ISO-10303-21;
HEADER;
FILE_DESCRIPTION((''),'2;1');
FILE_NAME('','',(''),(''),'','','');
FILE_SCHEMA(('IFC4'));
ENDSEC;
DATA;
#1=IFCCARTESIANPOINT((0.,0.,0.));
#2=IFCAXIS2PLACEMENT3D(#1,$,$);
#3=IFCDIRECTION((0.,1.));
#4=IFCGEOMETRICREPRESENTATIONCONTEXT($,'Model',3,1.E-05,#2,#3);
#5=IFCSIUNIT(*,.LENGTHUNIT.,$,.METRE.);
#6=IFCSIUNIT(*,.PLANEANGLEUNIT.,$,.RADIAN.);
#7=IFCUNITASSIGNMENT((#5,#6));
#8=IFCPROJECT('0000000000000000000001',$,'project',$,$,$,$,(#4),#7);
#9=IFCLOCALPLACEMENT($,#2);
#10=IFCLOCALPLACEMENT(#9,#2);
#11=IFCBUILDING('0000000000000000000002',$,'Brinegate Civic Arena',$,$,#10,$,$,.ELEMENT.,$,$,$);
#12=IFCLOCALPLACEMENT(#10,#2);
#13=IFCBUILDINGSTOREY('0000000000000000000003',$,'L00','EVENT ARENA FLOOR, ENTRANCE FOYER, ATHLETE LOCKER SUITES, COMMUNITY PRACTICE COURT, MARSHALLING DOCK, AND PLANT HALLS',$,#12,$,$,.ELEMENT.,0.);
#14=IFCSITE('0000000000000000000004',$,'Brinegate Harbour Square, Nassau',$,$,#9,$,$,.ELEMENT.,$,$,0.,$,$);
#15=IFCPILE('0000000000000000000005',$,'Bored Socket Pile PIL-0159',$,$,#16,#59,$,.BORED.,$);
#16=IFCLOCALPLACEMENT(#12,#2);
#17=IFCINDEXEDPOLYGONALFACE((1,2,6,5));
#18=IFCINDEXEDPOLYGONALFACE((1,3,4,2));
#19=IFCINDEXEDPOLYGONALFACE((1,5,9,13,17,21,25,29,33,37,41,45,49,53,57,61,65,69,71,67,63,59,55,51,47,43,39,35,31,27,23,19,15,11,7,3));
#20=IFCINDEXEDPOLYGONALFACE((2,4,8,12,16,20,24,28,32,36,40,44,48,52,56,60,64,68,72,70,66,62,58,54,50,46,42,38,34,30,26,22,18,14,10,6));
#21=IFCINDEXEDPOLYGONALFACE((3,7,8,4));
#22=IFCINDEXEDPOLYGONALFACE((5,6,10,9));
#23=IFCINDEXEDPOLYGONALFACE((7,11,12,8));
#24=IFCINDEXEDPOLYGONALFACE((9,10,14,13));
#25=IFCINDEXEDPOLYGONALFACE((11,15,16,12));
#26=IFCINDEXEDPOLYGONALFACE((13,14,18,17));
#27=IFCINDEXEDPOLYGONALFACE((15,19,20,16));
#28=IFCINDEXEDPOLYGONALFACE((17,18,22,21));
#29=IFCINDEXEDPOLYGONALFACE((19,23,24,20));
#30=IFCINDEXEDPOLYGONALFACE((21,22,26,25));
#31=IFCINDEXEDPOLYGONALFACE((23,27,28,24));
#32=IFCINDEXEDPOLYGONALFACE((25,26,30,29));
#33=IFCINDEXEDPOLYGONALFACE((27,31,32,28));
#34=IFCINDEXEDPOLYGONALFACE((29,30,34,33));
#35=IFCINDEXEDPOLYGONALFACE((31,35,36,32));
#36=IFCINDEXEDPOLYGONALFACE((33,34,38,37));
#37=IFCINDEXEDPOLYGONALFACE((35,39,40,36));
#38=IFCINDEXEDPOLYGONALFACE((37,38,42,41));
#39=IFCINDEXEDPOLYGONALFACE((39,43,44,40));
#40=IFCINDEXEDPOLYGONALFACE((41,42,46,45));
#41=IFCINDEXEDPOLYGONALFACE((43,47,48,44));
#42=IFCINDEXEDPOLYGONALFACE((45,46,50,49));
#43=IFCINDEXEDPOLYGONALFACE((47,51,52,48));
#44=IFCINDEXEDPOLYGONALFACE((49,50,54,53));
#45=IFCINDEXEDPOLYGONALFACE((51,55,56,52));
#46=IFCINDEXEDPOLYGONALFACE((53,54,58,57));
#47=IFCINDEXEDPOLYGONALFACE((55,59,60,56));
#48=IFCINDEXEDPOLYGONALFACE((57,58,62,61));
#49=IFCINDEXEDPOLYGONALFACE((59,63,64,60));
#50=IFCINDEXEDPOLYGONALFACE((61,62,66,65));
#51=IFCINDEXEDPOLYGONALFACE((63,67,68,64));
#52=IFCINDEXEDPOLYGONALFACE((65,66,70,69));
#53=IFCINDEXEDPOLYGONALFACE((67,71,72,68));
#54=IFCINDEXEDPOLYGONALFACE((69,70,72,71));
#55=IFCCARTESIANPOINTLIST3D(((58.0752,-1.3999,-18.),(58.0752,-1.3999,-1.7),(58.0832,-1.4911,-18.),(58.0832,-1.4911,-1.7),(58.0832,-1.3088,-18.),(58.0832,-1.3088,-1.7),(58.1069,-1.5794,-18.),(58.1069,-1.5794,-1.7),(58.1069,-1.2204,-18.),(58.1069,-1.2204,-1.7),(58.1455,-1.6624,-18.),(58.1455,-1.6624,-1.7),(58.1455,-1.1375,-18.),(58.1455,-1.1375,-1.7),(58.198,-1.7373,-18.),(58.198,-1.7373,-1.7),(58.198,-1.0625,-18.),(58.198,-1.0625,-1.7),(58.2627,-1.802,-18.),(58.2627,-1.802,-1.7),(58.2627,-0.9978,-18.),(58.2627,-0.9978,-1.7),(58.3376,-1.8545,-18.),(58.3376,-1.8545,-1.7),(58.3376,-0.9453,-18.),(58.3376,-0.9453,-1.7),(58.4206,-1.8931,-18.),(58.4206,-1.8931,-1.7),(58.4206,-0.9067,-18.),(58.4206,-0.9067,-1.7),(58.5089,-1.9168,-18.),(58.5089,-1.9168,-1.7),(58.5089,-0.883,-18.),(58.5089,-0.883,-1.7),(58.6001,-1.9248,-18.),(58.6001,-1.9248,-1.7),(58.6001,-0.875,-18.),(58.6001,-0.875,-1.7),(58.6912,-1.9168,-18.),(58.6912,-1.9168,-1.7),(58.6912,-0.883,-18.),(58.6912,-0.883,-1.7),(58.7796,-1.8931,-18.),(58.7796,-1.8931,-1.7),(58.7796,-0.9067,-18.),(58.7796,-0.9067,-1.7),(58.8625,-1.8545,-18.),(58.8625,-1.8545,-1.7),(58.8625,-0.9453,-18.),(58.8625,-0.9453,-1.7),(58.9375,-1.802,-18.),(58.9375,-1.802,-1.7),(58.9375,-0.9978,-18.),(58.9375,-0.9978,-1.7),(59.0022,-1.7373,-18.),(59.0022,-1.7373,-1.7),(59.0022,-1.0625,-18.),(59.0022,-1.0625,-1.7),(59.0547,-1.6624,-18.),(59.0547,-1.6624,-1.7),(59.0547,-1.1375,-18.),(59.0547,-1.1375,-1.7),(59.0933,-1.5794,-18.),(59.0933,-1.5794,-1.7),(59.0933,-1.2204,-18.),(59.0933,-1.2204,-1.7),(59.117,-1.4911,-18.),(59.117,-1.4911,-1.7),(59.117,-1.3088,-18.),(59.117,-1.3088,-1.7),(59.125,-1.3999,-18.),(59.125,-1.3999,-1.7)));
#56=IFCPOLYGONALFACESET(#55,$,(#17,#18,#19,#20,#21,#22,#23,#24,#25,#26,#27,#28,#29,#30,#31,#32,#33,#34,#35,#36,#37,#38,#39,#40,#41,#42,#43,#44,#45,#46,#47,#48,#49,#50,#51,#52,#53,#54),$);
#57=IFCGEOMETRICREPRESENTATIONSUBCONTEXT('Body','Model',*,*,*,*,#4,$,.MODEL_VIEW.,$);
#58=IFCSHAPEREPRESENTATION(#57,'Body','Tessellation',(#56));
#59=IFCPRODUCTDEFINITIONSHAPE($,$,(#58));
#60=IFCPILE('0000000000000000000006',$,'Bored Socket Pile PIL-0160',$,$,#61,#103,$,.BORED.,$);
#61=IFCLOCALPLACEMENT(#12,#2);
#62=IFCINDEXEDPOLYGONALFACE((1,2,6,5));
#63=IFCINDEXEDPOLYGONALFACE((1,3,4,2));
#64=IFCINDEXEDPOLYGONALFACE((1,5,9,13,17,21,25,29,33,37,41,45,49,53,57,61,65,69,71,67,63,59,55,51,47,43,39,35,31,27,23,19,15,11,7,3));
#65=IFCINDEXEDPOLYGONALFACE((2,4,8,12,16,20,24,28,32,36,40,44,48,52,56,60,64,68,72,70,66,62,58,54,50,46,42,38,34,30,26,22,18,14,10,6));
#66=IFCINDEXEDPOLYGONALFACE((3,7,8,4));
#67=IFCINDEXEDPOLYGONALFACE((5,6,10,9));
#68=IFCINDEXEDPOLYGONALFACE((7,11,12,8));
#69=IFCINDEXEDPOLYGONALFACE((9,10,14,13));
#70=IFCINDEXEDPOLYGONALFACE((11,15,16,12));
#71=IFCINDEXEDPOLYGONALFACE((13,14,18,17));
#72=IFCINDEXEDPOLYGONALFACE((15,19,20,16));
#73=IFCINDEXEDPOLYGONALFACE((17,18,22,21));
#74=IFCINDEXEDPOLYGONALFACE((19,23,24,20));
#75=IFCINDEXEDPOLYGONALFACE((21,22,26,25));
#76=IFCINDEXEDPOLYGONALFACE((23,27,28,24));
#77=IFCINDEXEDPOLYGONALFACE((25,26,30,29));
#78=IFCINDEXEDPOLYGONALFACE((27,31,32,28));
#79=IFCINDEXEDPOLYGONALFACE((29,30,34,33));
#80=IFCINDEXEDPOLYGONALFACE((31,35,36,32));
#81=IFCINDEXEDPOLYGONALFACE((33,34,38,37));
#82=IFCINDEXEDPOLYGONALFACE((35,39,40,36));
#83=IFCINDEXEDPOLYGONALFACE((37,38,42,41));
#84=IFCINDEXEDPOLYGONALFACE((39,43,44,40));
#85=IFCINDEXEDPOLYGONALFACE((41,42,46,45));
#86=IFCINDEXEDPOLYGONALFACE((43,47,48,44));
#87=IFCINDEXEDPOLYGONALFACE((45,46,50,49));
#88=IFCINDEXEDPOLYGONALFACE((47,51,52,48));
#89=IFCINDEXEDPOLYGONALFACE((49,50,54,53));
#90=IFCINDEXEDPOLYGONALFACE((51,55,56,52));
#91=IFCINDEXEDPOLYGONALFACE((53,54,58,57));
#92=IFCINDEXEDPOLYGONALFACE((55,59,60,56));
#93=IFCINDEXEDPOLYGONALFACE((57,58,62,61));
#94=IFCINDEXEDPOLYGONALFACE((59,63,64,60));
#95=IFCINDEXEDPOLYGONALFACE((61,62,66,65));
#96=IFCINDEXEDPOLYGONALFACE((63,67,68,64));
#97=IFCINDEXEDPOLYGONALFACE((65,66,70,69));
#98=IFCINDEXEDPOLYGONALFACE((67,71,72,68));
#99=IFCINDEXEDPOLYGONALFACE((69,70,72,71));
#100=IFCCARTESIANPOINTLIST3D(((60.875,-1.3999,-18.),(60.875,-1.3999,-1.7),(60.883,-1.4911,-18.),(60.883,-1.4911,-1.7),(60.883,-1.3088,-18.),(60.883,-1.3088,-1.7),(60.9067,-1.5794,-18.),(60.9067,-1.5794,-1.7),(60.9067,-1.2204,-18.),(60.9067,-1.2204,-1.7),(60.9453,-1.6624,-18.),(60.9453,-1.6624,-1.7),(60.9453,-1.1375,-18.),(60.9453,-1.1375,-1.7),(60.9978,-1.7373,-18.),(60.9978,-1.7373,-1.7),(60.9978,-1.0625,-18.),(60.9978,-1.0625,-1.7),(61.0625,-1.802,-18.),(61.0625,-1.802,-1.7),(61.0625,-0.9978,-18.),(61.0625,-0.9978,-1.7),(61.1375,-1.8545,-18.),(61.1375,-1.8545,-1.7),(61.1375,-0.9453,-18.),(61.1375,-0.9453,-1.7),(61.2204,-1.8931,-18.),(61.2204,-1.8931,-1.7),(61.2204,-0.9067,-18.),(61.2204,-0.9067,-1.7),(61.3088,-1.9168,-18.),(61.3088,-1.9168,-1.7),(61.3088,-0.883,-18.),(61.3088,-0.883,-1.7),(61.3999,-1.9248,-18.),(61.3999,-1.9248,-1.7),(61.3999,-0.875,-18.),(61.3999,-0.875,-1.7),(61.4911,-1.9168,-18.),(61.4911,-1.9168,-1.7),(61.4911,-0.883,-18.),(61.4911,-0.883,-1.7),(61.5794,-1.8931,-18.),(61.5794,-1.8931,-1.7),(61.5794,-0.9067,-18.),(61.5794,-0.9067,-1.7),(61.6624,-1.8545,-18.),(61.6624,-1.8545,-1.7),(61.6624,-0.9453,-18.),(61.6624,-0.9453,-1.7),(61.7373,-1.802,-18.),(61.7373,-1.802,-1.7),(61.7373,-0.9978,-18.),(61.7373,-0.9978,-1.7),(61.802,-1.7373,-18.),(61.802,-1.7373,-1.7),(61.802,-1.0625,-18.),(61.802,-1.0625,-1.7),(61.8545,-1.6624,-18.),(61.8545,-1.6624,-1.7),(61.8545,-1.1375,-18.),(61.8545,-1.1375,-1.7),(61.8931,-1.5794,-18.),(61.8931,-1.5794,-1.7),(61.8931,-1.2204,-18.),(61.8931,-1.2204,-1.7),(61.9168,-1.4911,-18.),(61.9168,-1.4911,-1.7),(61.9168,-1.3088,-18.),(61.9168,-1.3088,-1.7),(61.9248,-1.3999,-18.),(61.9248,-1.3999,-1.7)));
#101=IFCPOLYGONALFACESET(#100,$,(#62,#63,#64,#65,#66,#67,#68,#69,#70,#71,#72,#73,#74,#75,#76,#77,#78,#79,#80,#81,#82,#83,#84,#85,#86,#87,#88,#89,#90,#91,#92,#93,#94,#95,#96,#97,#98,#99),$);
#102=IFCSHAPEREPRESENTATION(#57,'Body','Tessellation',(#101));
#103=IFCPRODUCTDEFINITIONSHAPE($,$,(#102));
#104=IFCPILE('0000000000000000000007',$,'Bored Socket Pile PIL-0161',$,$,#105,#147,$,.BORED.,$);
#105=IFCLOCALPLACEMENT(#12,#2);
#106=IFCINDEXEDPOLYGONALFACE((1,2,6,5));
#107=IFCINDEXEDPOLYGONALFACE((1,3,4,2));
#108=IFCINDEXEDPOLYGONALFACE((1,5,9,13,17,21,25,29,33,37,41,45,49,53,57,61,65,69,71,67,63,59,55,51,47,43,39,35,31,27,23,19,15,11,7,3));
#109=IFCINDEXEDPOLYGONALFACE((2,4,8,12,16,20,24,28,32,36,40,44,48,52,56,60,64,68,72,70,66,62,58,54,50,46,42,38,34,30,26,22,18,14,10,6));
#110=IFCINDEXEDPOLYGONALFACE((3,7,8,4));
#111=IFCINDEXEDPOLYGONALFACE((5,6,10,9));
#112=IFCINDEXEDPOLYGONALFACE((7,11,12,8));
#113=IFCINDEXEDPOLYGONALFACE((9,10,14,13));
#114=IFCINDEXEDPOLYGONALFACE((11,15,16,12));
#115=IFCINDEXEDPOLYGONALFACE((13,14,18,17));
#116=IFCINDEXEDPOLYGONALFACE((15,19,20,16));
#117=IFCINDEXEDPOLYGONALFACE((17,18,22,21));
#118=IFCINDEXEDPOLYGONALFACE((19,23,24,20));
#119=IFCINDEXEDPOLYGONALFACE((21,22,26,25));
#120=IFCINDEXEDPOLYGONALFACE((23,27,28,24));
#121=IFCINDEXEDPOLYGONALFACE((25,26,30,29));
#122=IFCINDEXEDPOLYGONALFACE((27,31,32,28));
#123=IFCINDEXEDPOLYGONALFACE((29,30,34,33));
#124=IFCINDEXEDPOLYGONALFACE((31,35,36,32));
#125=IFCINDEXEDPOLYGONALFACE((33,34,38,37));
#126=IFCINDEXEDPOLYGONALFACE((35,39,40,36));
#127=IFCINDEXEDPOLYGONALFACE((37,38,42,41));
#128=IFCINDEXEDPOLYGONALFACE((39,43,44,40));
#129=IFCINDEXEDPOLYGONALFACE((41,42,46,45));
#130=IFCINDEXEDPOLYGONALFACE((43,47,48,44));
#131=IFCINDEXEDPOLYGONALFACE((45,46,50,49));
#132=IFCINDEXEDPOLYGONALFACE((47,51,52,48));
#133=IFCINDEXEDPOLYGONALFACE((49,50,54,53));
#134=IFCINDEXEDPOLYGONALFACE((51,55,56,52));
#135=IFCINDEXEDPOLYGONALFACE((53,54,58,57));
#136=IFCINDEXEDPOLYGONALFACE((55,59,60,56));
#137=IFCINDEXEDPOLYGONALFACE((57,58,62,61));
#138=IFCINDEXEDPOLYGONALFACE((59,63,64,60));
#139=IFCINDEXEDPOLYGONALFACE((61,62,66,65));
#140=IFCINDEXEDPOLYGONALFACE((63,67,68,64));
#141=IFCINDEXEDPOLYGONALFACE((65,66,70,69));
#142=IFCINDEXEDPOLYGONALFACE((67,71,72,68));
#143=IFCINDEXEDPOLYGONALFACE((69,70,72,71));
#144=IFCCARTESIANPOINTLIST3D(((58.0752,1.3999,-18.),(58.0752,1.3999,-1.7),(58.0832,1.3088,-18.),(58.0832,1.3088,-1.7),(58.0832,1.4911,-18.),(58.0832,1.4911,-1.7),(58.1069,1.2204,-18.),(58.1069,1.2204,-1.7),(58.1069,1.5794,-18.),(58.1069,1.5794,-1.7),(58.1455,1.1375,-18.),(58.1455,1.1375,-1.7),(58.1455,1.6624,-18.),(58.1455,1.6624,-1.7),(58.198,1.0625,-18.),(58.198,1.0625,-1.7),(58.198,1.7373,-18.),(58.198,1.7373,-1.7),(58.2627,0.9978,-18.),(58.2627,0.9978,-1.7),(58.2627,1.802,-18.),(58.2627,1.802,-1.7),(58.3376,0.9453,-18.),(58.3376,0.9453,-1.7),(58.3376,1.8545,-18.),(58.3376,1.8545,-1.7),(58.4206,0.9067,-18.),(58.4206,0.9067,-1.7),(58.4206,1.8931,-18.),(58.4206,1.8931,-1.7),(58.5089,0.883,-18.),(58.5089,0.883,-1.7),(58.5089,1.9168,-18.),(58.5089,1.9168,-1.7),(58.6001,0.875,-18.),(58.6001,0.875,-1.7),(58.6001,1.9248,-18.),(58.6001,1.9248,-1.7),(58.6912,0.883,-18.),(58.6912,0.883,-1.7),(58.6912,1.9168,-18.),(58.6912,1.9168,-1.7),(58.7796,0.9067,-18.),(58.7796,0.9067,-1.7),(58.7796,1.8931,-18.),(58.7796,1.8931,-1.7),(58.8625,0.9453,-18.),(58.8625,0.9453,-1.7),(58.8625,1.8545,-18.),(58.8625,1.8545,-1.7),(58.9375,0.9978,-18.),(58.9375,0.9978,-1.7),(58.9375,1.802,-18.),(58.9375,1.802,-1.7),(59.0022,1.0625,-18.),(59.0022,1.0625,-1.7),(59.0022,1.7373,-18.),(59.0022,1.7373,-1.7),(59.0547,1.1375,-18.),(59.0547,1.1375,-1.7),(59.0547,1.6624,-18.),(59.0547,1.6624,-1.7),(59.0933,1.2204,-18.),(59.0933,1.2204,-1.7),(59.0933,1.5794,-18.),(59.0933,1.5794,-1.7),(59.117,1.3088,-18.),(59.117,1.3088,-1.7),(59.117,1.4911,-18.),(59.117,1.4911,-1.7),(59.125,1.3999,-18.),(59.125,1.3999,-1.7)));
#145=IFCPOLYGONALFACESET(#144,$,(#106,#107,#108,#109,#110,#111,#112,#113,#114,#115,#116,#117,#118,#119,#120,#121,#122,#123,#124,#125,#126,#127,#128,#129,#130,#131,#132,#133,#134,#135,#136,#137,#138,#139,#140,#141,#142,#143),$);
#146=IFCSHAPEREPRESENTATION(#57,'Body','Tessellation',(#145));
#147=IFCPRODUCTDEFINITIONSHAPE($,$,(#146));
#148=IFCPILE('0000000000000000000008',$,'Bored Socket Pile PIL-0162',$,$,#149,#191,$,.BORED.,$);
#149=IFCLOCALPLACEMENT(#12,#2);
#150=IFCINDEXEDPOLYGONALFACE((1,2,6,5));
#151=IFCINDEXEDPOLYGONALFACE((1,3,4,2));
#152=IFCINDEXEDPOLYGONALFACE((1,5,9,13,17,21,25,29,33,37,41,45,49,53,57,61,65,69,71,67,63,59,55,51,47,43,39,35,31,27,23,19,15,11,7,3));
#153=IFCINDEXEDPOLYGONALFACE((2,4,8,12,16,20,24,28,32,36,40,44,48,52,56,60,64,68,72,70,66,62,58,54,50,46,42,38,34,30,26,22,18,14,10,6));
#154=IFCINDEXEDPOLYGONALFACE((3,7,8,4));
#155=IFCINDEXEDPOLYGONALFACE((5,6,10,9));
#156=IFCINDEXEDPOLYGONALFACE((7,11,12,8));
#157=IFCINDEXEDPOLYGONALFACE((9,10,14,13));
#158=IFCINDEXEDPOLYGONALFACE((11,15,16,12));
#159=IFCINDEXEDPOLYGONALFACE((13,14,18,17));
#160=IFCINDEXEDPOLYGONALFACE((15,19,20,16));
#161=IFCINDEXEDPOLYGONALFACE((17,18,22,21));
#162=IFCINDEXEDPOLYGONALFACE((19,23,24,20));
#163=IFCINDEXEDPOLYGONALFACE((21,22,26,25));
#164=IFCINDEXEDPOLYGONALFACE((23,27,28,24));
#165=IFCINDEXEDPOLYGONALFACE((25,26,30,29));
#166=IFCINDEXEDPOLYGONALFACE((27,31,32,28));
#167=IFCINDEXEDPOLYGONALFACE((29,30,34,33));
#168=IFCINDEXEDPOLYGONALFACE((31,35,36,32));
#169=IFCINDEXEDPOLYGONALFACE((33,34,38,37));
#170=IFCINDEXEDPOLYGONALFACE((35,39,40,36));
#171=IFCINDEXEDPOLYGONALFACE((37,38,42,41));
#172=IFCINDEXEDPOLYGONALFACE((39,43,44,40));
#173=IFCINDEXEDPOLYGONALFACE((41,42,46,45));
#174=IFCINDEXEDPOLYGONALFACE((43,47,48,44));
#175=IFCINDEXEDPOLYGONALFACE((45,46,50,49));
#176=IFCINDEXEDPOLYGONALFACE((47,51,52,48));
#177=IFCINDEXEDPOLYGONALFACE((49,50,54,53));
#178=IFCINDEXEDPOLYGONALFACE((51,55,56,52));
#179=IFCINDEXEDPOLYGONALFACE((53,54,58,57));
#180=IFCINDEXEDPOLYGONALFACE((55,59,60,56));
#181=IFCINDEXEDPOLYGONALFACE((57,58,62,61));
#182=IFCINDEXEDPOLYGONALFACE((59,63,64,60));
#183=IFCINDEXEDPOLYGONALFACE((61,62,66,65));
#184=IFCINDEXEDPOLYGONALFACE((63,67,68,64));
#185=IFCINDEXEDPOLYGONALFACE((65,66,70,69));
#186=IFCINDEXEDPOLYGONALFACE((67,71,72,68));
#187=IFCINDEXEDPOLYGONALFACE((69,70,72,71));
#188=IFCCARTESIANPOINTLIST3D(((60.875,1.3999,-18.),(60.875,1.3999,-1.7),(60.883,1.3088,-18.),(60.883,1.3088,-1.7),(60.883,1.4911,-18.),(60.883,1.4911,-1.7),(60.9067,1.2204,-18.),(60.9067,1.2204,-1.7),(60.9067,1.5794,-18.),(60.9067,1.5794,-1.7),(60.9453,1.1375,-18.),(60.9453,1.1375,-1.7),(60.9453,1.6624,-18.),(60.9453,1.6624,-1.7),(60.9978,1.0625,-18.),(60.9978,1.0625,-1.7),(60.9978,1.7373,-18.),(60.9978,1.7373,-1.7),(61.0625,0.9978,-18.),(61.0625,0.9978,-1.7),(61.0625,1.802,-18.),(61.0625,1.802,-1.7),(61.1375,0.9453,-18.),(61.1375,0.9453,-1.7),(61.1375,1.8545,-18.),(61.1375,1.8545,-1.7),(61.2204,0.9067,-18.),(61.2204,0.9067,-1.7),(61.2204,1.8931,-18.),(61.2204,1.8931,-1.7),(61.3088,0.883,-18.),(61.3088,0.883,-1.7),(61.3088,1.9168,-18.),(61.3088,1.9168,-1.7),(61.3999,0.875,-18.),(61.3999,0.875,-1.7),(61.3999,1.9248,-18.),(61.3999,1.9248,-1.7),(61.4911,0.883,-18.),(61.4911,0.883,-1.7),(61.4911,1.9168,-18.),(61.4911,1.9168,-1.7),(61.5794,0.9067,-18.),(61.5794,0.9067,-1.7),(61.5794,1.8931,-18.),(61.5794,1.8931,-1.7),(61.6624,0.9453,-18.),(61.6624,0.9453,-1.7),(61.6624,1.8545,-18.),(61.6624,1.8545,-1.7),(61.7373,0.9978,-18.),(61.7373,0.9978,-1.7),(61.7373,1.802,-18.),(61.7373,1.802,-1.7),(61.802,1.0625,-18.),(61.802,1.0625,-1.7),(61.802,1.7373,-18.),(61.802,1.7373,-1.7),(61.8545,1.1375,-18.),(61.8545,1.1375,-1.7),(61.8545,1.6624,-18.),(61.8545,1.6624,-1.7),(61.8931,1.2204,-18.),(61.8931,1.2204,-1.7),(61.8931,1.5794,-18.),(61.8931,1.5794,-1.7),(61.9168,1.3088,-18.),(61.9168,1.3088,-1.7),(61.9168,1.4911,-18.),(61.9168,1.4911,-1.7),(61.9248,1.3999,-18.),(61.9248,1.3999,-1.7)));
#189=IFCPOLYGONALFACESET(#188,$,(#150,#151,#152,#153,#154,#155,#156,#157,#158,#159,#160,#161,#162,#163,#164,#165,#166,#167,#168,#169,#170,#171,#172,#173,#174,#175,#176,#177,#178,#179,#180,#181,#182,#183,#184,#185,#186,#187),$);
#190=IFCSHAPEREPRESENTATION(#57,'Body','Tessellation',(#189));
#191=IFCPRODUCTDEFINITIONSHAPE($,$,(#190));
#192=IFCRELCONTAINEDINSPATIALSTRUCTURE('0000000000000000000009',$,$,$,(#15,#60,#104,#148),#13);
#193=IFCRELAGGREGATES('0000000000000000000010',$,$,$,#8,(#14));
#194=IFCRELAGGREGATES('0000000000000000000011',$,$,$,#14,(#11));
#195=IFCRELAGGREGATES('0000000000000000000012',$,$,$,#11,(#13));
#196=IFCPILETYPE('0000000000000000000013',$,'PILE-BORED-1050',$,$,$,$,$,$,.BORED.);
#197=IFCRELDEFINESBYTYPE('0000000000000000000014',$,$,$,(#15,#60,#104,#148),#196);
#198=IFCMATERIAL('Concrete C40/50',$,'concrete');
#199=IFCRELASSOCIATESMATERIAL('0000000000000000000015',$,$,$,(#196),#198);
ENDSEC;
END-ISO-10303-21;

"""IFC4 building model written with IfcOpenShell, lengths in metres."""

from ifc_helpers import new_model, si_unit, direction, frame, origin, origin_2d, place, context, subcontext, project, spatial, circle, extrude, material, material_profile, profile_set, type_object, element, save


model = new_model("IFC4")

# Units and contexts
model_context = context("Model", 3, precision=1e-05, world=origin(), true_north=direction((0.0, 1.0)))
body_context = subcontext(model_context, "Body", "Model", "MODEL_VIEW")
ifc_project = project(units=[si_unit("LENGTHUNIT", "METRE"), si_unit("PLANEANGLEUNIT", "RADIAN")], contexts=[model_context])

# Site, building, storey
site_placement = place(None, origin())
site = spatial("IfcSite", under=ifc_project, at=site_placement, Name="Brinegate Harbour Square, Nassau", CompositionType="ELEMENT", RefElevation=0.0)
building_placement = place(site_placement, origin())
building = spatial("IfcBuilding", under=site, at=building_placement, Name="Brinegate Civic Arena", CompositionType="ELEMENT")
storey_placement = place(building_placement, origin())
storey = spatial("IfcBuildingStorey", under=building, at=storey_placement, Name="L00", Description="EVENT ARENA FLOOR, ENTRANCE FOYER, ATHLETE LOCKER SUITES, COMMUNITY PRACTICE COURT, MARSHALLING DOCK, AND PLANT HALLS", CompositionType="ELEMENT", Elevation=0.0)

# Shared definitions
ifc_material_1 = material(Name="Concrete C40/50", Category="concrete")

# Piles
ifc_material_profile_1 = material_profile(ifc_material_1, circle(Radius=0.5249, at=origin_2d()), Name="PILED1050")
ifc_profile_set_1 = profile_set([ifc_material_profile_1], Name="Concrete C40/50")
pile_type = type_object("IfcPileType", Name="PILE-BORED-1050", PredefinedType="BORED", material=ifc_profile_set_1)
for number, where, z_axis, x_axis, name in (
    (1, (58.6001, -1.3999, -1.7), (0.0, 0.0, -1.0), (1.0, 0.0, 0.0), "Bored Socket Pile PIL-0159"),
    (2, (61.3999, -1.3999, -1.7), (0.0, 0.0, -1.0), (1.0, 0.0, 0.0), "Bored Socket Pile PIL-0160"),
    (3, (58.6001, 1.3999, -1.7), (0.0, 0.0, -1.0), (1.0, 0.0, 0.0), "Bored Socket Pile PIL-0161"),
    (4, (61.3999, 1.3999, -1.7), (0.0, 0.0, -1.0), (1.0, 0.0, 0.0), "Bored Socket Pile PIL-0162"),
):
    element("IfcPile", number, at=place(storey_placement, frame(where, z_axis=z_axis, x_axis=x_axis)), inside=storey, type_object=pile_type, Name=name, PredefinedType="BORED", context=body_context, shape_type="SweptSolid", body=[
        extrude(circle(Radius=0.5249, at=origin_2d()), origin(), (0.0, 0.0, 1.0), 16.3),
    ])

save(model, "model.ifc")
